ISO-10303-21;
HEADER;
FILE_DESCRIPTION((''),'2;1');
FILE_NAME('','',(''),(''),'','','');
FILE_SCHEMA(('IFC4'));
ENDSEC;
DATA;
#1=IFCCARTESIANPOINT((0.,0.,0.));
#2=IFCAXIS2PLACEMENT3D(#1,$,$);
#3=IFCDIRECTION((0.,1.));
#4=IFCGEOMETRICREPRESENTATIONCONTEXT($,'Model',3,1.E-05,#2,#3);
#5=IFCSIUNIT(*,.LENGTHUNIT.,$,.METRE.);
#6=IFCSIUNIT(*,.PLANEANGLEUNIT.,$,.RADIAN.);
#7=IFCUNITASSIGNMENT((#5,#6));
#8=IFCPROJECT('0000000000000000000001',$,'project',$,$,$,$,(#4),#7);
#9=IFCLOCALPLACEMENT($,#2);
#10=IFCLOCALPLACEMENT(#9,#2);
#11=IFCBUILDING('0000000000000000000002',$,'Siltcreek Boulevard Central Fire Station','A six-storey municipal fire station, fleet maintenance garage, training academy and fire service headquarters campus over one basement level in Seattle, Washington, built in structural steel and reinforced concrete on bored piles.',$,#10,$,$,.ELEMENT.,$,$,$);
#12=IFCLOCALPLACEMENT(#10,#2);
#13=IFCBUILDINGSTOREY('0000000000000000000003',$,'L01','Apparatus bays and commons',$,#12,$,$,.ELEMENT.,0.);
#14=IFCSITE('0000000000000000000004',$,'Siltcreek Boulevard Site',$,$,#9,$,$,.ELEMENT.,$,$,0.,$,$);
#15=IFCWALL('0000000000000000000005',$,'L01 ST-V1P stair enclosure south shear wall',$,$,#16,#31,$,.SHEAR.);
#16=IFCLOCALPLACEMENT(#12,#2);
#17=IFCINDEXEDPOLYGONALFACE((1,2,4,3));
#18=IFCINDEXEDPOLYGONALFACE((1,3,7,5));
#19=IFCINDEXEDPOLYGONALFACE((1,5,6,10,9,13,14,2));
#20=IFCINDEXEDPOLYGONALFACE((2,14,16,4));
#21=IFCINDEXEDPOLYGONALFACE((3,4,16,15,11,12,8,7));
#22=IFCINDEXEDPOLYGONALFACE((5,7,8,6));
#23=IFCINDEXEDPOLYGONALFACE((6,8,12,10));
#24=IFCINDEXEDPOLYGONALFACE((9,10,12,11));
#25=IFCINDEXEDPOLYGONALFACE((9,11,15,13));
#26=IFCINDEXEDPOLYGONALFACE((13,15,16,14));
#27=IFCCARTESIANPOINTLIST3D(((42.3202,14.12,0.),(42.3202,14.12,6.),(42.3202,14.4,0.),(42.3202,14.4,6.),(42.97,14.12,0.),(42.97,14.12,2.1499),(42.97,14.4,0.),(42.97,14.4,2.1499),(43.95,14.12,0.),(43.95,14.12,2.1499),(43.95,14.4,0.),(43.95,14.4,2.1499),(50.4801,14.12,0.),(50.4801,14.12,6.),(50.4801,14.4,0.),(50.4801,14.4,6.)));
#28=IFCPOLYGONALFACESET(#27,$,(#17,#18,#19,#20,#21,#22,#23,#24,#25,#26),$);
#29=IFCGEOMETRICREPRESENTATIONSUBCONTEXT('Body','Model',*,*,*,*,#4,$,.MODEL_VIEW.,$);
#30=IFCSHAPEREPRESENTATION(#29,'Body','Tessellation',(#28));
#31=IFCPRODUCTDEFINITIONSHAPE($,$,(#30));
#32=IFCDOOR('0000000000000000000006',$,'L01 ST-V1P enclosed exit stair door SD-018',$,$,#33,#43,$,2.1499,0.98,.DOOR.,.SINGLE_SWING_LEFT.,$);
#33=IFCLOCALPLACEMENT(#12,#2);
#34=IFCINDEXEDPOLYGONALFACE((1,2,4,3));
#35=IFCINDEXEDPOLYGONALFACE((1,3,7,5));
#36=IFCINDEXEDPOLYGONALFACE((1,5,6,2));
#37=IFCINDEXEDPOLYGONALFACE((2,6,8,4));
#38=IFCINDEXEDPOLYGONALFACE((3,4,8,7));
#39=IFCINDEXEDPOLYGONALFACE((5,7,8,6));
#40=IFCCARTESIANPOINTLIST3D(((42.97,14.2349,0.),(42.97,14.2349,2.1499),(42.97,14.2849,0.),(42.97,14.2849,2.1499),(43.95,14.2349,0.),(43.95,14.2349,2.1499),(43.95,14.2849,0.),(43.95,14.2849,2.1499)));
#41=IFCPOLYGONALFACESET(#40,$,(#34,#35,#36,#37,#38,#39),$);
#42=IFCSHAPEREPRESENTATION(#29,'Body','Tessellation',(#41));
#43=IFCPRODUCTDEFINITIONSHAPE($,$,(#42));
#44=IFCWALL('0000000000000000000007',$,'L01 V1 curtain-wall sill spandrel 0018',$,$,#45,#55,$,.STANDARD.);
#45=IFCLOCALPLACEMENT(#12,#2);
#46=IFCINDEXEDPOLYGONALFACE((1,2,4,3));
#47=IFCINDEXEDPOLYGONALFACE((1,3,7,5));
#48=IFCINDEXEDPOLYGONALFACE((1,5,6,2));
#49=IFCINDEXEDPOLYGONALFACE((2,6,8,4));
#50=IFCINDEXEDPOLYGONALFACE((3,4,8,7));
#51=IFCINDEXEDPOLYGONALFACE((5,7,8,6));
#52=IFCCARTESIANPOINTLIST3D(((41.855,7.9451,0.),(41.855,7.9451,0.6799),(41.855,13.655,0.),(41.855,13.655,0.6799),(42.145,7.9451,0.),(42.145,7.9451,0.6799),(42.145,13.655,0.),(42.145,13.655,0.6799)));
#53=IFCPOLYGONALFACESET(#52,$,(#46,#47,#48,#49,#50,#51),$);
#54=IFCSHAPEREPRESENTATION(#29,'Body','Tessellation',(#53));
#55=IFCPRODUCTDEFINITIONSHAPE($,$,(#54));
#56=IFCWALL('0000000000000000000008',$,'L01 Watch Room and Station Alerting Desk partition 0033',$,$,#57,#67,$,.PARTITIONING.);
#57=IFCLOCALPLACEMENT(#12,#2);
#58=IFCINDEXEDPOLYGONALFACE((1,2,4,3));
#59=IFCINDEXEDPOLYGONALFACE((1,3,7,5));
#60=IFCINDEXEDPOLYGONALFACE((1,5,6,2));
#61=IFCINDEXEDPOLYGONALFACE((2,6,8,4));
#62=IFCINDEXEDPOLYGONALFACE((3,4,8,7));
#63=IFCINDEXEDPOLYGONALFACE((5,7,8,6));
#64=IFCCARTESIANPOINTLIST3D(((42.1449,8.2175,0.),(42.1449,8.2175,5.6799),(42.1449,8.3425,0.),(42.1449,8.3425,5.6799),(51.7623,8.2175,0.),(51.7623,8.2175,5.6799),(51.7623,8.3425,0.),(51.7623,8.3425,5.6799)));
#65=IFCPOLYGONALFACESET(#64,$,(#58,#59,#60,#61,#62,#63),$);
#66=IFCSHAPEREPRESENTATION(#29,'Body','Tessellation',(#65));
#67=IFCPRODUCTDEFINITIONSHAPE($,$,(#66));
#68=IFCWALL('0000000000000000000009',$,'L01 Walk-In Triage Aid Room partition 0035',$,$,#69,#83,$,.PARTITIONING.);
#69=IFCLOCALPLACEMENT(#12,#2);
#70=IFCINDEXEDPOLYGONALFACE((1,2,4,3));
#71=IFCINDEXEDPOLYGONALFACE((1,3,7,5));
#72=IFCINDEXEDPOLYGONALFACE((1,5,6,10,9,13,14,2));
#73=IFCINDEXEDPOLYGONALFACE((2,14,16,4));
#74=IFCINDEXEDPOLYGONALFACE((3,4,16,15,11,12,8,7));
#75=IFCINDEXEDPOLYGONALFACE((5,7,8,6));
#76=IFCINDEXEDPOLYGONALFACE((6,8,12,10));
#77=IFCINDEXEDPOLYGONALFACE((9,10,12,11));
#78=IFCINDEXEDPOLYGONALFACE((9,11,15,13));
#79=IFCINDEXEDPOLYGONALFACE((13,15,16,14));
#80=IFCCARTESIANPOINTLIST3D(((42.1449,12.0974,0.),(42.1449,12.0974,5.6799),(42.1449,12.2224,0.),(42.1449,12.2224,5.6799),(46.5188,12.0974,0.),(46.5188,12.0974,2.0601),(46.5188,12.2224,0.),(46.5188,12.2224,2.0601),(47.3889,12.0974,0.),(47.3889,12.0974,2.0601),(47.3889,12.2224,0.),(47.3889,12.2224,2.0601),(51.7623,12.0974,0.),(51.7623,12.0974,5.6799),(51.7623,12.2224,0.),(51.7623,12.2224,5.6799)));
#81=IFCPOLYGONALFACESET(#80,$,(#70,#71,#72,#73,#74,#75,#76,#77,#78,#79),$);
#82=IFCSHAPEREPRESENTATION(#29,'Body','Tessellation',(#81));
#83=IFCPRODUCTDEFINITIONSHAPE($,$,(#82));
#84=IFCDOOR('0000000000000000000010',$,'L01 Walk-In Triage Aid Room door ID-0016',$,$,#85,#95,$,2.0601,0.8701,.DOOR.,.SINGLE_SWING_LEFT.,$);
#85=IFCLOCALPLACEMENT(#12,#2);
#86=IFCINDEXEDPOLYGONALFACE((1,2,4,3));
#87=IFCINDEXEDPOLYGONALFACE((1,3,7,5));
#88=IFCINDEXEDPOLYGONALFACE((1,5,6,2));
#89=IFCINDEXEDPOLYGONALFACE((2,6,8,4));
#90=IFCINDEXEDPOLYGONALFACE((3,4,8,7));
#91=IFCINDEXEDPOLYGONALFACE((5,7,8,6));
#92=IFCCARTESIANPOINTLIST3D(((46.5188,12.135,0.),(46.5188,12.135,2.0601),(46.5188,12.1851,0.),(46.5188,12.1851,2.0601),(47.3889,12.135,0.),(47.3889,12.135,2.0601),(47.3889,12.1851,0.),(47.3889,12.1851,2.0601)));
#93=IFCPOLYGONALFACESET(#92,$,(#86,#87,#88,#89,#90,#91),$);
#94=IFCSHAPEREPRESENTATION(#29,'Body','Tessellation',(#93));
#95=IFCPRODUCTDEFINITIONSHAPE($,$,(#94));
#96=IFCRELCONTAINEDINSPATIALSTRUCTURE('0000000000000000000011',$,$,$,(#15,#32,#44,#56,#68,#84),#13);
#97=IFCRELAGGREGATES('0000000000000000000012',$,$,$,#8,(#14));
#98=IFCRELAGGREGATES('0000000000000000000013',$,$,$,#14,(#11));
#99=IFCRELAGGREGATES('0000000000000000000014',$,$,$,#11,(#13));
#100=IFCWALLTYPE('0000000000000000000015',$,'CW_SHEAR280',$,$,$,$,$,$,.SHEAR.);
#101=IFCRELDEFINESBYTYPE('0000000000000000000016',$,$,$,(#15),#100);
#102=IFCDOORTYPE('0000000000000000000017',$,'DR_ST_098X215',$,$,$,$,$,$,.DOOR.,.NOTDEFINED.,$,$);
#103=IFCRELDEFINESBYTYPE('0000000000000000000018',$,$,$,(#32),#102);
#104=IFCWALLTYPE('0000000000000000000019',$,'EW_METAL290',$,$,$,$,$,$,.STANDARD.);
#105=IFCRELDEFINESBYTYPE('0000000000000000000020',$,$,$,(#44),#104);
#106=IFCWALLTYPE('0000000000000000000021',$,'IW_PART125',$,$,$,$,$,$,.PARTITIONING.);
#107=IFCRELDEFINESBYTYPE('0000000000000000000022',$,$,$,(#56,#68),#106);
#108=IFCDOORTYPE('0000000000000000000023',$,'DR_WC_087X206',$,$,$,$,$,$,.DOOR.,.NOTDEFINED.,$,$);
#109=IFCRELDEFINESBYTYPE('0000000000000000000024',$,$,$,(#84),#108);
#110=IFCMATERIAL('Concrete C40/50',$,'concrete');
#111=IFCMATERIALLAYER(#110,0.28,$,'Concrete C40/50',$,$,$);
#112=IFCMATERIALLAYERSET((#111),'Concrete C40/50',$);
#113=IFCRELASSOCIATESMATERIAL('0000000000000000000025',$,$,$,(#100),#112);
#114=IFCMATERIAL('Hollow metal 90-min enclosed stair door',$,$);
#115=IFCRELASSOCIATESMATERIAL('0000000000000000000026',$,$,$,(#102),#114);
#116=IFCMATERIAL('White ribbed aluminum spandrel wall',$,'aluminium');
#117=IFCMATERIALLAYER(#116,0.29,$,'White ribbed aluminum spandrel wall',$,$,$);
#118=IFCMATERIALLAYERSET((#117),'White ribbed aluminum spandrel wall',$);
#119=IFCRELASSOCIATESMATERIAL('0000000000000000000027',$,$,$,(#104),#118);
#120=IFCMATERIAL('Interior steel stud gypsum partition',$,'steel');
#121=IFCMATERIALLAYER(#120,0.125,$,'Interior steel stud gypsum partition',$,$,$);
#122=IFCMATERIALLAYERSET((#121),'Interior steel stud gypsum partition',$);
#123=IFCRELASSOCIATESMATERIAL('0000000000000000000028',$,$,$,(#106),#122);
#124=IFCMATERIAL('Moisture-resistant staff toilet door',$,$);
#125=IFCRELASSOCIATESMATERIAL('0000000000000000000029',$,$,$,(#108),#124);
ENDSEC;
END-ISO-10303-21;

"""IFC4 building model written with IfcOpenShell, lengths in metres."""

from ifc_helpers import new_model, si_unit, direction, frame, frame_2d, origin, place, context, subcontext, project, spatial, rectangle, extrude, material, layer, layer_set, type_object, element, fill, save


model = new_model("IFC4")

# Units and contexts
model_context = context("Model", 3, precision=1e-05, world=origin(), true_north=direction((0.0, 1.0)))
body_context = subcontext(model_context, "Body", "Model", "MODEL_VIEW")
ifc_project = project(units=[si_unit("LENGTHUNIT", "METRE"), si_unit("PLANEANGLEUNIT", "RADIAN")], contexts=[model_context])

# Site, building, storey
site_placement = place(None, origin())
site = spatial("IfcSite", under=ifc_project, at=site_placement, Name="Siltcreek Boulevard Site", CompositionType="ELEMENT", RefElevation=0.0)
building_placement = place(site_placement, origin())
building = spatial("IfcBuilding", under=site, at=building_placement, Name="Siltcreek Boulevard Central Fire Station", Description="A six-storey municipal fire station, fleet maintenance garage, training academy and fire service headquarters campus over one basement level in Seattle, Washington, built in structural steel and reinforced concrete on bored piles.", CompositionType="ELEMENT")
storey_placement = place(building_placement, origin())
storey = spatial("IfcBuildingStorey", under=building, at=storey_placement, Name="L01", Description="Apparatus bays and commons", CompositionType="ELEMENT", Elevation=0.0)

# Wall, opening, door
ifc_material_1 = material(Name="Concrete C40/50", Category="concrete")
ifc_layer_1 = layer(ifc_material_1, 0.28, Name="Concrete C40/50")
ifc_layer_set_1 = layer_set([ifc_layer_1], Name="Concrete C40/50")
wall_type_1 = type_object("IfcWallType", Name="CW_SHEAR280", PredefinedType="SHEAR", material=ifc_layer_set_1)
wall_1_placement = place(storey_placement, frame((42.3201, 14.26, 0.0), z_axis=(0.0, 0.0, 1.0), x_axis=(1.0, 0.0, 0.0)))
wall_1 = element("IfcWall", 1, at=wall_1_placement, inside=storey, type_object=wall_type_1, Name="L01 ST-V1P stair enclosure south shear wall", PredefinedType="SHEAR", context=body_context, shape_type="SweptSolid", body=[
    extrude(rectangle(XDim=8.1599, YDim=0.28, at=frame_2d((4.0801, 0.0))), origin(), (0.0, 0.0, 1.0), 6.0),
])
opening_1_placement = place(wall_1_placement, frame((0.6499, 0.0, 0.0)))
opening_1 = element("IfcOpeningElement", 2, at=opening_1_placement, cuts=wall_1, PredefinedType="OPENING", context=body_context, shape_type="SweptSolid", body=[
    extrude(rectangle(XDim=0.98, YDim=2.1499, at=frame_2d((0.49, 1.075))), frame((0.0, 0.1499, 0.0), z_axis=(0.0, -1.0, 0.0), x_axis=(1.0, 0.0, 0.0)), (0.0, 0.0, 1.0), 0.3),
])
ifc_material_2 = material(Name="Hollow metal 90-min enclosed stair door")
door_type_1 = type_object("IfcDoorType", Name="DR_ST_098X215", OperationType="NOTDEFINED", PredefinedType="DOOR", material=ifc_material_2)
door_1_placement = place(opening_1_placement, origin())
door_1 = element("IfcDoor", 3, at=door_1_placement, inside=storey, type_object=door_type_1, Name="L01 ST-V1P enclosed exit stair door SD-018", OperationType="SINGLE_SWING_LEFT", OverallHeight=2.1499, OverallWidth=0.98, PredefinedType="DOOR", context=body_context, shape_type="SweptSolid", body=[
    extrude(rectangle(XDim=0.98, YDim=2.1499, at=frame_2d((0.49, 1.075))), frame((0.0, 0.0249, 0.0), z_axis=(0.0, -1.0, 0.0), x_axis=(1.0, 0.0, 0.0)), (0.0, 0.0, 1.0), 0.05),
])
fill(opening_1, door_1)

# Walls
ifc_material_3 = material(Name="White ribbed aluminum spandrel wall", Category="aluminium")
ifc_layer_2 = layer(ifc_material_3, 0.29, Name="White ribbed aluminum spandrel wall")
ifc_layer_set_2 = layer_set([ifc_layer_2], Name="White ribbed aluminum spandrel wall")
wall_type_2 = type_object("IfcWallType", Name="EW_METAL290", PredefinedType="STANDARD", material=ifc_layer_set_2)
wall_2_placement = place(storey_placement, frame((42.0, 13.655, 0.0), z_axis=(0.0, 0.0, 1.0), x_axis=(0.0, -1.0, 0.0)))
element("IfcWall", 4, at=wall_2_placement, inside=storey, type_object=wall_type_2, Name="L01 V1 curtain-wall sill spandrel 0018", PredefinedType="STANDARD", context=body_context, shape_type="SweptSolid", body=[
    extrude(rectangle(XDim=5.71, YDim=0.29, at=frame_2d((2.855, 0.0))), origin(), (0.0, 0.0, 1.0), 0.6799),
])
ifc_material_4 = material(Name="Interior steel stud gypsum partition", Category="steel")
ifc_layer_3 = layer(ifc_material_4, 0.125, Name="Interior steel stud gypsum partition")
ifc_layer_set_3 = layer_set([ifc_layer_3], Name="Interior steel stud gypsum partition")
wall_type_3 = type_object("IfcWallType", Name="IW_PART125", PredefinedType="PARTITIONING", material=ifc_layer_set_3)
wall_3_placement = place(storey_placement, frame((42.145, 8.28, 0.0), z_axis=(0.0, 0.0, 1.0), x_axis=(1.0, 0.0, 0.0)))
element("IfcWall", 5, at=wall_3_placement, inside=storey, type_object=wall_type_3, Name="L01 Watch Room and Station Alerting Desk partition 0033", PredefinedType="PARTITIONING", context=body_context, shape_type="SweptSolid", body=[
    extrude(rectangle(XDim=9.6174, YDim=0.125, at=frame_2d((4.8086, 0.0))), origin(), (0.0, 0.0, 1.0), 5.6799),
])

# Wall, opening, door
wall_4_placement = place(storey_placement, frame((42.145, 12.1599, 0.0), z_axis=(0.0, 0.0, 1.0), x_axis=(1.0, 0.0, 0.0)))
wall_4 = element("IfcWall", 6, at=wall_4_placement, inside=storey, type_object=wall_type_3, Name="L01 Walk-In Triage Aid Room partition 0035", PredefinedType="PARTITIONING", context=body_context, shape_type="SweptSolid", body=[
    extrude(rectangle(XDim=9.6174, YDim=0.125, at=frame_2d((4.8086, 0.0))), origin(), (0.0, 0.0, 1.0), 5.6799),
])
opening_2_placement = place(wall_4_placement, frame((4.3738, 0.0, 0.0)))
opening_2 = element("IfcOpeningElement", 7, at=opening_2_placement, cuts=wall_4, PredefinedType="OPENING", context=body_context, shape_type="SweptSolid", body=[
    extrude(rectangle(XDim=0.8701, YDim=2.0601, at=frame_2d((0.4351, 1.03))), frame((0.0, 0.0725, 0.0), z_axis=(0.0, -1.0, 0.0), x_axis=(1.0, 0.0, 0.0)), (0.0, 0.0, 1.0), 0.145),
])
ifc_material_5 = material(Name="Moisture-resistant staff toilet door")
door_type_2 = type_object("IfcDoorType", Name="DR_WC_087X206", OperationType="NOTDEFINED", PredefinedType="DOOR", material=ifc_material_5)
door_2_placement = place(opening_2_placement, frame((0.8701, 0.0, 0.0), z_axis=(0.0, 0.0, 1.0), x_axis=(-1.0, 0.0, 0.0)))
door_2 = element("IfcDoor", 8, at=door_2_placement, inside=storey, type_object=door_type_2, Name="L01 Walk-In Triage Aid Room door ID-0016", OperationType="SINGLE_SWING_LEFT", OverallHeight=2.0601, OverallWidth=0.8701, PredefinedType="DOOR", context=body_context, shape_type="SweptSolid", body=[
    extrude(rectangle(XDim=0.8701, YDim=2.0601, at=frame_2d((0.4351, 1.03))), frame((0.0, 0.0249, 0.0), z_axis=(0.0, -1.0, 0.0), x_axis=(1.0, 0.0, 0.0)), (0.0, 0.0, 1.0), 0.05),
])
fill(opening_2, door_2)

save(model, "model.ifc")
